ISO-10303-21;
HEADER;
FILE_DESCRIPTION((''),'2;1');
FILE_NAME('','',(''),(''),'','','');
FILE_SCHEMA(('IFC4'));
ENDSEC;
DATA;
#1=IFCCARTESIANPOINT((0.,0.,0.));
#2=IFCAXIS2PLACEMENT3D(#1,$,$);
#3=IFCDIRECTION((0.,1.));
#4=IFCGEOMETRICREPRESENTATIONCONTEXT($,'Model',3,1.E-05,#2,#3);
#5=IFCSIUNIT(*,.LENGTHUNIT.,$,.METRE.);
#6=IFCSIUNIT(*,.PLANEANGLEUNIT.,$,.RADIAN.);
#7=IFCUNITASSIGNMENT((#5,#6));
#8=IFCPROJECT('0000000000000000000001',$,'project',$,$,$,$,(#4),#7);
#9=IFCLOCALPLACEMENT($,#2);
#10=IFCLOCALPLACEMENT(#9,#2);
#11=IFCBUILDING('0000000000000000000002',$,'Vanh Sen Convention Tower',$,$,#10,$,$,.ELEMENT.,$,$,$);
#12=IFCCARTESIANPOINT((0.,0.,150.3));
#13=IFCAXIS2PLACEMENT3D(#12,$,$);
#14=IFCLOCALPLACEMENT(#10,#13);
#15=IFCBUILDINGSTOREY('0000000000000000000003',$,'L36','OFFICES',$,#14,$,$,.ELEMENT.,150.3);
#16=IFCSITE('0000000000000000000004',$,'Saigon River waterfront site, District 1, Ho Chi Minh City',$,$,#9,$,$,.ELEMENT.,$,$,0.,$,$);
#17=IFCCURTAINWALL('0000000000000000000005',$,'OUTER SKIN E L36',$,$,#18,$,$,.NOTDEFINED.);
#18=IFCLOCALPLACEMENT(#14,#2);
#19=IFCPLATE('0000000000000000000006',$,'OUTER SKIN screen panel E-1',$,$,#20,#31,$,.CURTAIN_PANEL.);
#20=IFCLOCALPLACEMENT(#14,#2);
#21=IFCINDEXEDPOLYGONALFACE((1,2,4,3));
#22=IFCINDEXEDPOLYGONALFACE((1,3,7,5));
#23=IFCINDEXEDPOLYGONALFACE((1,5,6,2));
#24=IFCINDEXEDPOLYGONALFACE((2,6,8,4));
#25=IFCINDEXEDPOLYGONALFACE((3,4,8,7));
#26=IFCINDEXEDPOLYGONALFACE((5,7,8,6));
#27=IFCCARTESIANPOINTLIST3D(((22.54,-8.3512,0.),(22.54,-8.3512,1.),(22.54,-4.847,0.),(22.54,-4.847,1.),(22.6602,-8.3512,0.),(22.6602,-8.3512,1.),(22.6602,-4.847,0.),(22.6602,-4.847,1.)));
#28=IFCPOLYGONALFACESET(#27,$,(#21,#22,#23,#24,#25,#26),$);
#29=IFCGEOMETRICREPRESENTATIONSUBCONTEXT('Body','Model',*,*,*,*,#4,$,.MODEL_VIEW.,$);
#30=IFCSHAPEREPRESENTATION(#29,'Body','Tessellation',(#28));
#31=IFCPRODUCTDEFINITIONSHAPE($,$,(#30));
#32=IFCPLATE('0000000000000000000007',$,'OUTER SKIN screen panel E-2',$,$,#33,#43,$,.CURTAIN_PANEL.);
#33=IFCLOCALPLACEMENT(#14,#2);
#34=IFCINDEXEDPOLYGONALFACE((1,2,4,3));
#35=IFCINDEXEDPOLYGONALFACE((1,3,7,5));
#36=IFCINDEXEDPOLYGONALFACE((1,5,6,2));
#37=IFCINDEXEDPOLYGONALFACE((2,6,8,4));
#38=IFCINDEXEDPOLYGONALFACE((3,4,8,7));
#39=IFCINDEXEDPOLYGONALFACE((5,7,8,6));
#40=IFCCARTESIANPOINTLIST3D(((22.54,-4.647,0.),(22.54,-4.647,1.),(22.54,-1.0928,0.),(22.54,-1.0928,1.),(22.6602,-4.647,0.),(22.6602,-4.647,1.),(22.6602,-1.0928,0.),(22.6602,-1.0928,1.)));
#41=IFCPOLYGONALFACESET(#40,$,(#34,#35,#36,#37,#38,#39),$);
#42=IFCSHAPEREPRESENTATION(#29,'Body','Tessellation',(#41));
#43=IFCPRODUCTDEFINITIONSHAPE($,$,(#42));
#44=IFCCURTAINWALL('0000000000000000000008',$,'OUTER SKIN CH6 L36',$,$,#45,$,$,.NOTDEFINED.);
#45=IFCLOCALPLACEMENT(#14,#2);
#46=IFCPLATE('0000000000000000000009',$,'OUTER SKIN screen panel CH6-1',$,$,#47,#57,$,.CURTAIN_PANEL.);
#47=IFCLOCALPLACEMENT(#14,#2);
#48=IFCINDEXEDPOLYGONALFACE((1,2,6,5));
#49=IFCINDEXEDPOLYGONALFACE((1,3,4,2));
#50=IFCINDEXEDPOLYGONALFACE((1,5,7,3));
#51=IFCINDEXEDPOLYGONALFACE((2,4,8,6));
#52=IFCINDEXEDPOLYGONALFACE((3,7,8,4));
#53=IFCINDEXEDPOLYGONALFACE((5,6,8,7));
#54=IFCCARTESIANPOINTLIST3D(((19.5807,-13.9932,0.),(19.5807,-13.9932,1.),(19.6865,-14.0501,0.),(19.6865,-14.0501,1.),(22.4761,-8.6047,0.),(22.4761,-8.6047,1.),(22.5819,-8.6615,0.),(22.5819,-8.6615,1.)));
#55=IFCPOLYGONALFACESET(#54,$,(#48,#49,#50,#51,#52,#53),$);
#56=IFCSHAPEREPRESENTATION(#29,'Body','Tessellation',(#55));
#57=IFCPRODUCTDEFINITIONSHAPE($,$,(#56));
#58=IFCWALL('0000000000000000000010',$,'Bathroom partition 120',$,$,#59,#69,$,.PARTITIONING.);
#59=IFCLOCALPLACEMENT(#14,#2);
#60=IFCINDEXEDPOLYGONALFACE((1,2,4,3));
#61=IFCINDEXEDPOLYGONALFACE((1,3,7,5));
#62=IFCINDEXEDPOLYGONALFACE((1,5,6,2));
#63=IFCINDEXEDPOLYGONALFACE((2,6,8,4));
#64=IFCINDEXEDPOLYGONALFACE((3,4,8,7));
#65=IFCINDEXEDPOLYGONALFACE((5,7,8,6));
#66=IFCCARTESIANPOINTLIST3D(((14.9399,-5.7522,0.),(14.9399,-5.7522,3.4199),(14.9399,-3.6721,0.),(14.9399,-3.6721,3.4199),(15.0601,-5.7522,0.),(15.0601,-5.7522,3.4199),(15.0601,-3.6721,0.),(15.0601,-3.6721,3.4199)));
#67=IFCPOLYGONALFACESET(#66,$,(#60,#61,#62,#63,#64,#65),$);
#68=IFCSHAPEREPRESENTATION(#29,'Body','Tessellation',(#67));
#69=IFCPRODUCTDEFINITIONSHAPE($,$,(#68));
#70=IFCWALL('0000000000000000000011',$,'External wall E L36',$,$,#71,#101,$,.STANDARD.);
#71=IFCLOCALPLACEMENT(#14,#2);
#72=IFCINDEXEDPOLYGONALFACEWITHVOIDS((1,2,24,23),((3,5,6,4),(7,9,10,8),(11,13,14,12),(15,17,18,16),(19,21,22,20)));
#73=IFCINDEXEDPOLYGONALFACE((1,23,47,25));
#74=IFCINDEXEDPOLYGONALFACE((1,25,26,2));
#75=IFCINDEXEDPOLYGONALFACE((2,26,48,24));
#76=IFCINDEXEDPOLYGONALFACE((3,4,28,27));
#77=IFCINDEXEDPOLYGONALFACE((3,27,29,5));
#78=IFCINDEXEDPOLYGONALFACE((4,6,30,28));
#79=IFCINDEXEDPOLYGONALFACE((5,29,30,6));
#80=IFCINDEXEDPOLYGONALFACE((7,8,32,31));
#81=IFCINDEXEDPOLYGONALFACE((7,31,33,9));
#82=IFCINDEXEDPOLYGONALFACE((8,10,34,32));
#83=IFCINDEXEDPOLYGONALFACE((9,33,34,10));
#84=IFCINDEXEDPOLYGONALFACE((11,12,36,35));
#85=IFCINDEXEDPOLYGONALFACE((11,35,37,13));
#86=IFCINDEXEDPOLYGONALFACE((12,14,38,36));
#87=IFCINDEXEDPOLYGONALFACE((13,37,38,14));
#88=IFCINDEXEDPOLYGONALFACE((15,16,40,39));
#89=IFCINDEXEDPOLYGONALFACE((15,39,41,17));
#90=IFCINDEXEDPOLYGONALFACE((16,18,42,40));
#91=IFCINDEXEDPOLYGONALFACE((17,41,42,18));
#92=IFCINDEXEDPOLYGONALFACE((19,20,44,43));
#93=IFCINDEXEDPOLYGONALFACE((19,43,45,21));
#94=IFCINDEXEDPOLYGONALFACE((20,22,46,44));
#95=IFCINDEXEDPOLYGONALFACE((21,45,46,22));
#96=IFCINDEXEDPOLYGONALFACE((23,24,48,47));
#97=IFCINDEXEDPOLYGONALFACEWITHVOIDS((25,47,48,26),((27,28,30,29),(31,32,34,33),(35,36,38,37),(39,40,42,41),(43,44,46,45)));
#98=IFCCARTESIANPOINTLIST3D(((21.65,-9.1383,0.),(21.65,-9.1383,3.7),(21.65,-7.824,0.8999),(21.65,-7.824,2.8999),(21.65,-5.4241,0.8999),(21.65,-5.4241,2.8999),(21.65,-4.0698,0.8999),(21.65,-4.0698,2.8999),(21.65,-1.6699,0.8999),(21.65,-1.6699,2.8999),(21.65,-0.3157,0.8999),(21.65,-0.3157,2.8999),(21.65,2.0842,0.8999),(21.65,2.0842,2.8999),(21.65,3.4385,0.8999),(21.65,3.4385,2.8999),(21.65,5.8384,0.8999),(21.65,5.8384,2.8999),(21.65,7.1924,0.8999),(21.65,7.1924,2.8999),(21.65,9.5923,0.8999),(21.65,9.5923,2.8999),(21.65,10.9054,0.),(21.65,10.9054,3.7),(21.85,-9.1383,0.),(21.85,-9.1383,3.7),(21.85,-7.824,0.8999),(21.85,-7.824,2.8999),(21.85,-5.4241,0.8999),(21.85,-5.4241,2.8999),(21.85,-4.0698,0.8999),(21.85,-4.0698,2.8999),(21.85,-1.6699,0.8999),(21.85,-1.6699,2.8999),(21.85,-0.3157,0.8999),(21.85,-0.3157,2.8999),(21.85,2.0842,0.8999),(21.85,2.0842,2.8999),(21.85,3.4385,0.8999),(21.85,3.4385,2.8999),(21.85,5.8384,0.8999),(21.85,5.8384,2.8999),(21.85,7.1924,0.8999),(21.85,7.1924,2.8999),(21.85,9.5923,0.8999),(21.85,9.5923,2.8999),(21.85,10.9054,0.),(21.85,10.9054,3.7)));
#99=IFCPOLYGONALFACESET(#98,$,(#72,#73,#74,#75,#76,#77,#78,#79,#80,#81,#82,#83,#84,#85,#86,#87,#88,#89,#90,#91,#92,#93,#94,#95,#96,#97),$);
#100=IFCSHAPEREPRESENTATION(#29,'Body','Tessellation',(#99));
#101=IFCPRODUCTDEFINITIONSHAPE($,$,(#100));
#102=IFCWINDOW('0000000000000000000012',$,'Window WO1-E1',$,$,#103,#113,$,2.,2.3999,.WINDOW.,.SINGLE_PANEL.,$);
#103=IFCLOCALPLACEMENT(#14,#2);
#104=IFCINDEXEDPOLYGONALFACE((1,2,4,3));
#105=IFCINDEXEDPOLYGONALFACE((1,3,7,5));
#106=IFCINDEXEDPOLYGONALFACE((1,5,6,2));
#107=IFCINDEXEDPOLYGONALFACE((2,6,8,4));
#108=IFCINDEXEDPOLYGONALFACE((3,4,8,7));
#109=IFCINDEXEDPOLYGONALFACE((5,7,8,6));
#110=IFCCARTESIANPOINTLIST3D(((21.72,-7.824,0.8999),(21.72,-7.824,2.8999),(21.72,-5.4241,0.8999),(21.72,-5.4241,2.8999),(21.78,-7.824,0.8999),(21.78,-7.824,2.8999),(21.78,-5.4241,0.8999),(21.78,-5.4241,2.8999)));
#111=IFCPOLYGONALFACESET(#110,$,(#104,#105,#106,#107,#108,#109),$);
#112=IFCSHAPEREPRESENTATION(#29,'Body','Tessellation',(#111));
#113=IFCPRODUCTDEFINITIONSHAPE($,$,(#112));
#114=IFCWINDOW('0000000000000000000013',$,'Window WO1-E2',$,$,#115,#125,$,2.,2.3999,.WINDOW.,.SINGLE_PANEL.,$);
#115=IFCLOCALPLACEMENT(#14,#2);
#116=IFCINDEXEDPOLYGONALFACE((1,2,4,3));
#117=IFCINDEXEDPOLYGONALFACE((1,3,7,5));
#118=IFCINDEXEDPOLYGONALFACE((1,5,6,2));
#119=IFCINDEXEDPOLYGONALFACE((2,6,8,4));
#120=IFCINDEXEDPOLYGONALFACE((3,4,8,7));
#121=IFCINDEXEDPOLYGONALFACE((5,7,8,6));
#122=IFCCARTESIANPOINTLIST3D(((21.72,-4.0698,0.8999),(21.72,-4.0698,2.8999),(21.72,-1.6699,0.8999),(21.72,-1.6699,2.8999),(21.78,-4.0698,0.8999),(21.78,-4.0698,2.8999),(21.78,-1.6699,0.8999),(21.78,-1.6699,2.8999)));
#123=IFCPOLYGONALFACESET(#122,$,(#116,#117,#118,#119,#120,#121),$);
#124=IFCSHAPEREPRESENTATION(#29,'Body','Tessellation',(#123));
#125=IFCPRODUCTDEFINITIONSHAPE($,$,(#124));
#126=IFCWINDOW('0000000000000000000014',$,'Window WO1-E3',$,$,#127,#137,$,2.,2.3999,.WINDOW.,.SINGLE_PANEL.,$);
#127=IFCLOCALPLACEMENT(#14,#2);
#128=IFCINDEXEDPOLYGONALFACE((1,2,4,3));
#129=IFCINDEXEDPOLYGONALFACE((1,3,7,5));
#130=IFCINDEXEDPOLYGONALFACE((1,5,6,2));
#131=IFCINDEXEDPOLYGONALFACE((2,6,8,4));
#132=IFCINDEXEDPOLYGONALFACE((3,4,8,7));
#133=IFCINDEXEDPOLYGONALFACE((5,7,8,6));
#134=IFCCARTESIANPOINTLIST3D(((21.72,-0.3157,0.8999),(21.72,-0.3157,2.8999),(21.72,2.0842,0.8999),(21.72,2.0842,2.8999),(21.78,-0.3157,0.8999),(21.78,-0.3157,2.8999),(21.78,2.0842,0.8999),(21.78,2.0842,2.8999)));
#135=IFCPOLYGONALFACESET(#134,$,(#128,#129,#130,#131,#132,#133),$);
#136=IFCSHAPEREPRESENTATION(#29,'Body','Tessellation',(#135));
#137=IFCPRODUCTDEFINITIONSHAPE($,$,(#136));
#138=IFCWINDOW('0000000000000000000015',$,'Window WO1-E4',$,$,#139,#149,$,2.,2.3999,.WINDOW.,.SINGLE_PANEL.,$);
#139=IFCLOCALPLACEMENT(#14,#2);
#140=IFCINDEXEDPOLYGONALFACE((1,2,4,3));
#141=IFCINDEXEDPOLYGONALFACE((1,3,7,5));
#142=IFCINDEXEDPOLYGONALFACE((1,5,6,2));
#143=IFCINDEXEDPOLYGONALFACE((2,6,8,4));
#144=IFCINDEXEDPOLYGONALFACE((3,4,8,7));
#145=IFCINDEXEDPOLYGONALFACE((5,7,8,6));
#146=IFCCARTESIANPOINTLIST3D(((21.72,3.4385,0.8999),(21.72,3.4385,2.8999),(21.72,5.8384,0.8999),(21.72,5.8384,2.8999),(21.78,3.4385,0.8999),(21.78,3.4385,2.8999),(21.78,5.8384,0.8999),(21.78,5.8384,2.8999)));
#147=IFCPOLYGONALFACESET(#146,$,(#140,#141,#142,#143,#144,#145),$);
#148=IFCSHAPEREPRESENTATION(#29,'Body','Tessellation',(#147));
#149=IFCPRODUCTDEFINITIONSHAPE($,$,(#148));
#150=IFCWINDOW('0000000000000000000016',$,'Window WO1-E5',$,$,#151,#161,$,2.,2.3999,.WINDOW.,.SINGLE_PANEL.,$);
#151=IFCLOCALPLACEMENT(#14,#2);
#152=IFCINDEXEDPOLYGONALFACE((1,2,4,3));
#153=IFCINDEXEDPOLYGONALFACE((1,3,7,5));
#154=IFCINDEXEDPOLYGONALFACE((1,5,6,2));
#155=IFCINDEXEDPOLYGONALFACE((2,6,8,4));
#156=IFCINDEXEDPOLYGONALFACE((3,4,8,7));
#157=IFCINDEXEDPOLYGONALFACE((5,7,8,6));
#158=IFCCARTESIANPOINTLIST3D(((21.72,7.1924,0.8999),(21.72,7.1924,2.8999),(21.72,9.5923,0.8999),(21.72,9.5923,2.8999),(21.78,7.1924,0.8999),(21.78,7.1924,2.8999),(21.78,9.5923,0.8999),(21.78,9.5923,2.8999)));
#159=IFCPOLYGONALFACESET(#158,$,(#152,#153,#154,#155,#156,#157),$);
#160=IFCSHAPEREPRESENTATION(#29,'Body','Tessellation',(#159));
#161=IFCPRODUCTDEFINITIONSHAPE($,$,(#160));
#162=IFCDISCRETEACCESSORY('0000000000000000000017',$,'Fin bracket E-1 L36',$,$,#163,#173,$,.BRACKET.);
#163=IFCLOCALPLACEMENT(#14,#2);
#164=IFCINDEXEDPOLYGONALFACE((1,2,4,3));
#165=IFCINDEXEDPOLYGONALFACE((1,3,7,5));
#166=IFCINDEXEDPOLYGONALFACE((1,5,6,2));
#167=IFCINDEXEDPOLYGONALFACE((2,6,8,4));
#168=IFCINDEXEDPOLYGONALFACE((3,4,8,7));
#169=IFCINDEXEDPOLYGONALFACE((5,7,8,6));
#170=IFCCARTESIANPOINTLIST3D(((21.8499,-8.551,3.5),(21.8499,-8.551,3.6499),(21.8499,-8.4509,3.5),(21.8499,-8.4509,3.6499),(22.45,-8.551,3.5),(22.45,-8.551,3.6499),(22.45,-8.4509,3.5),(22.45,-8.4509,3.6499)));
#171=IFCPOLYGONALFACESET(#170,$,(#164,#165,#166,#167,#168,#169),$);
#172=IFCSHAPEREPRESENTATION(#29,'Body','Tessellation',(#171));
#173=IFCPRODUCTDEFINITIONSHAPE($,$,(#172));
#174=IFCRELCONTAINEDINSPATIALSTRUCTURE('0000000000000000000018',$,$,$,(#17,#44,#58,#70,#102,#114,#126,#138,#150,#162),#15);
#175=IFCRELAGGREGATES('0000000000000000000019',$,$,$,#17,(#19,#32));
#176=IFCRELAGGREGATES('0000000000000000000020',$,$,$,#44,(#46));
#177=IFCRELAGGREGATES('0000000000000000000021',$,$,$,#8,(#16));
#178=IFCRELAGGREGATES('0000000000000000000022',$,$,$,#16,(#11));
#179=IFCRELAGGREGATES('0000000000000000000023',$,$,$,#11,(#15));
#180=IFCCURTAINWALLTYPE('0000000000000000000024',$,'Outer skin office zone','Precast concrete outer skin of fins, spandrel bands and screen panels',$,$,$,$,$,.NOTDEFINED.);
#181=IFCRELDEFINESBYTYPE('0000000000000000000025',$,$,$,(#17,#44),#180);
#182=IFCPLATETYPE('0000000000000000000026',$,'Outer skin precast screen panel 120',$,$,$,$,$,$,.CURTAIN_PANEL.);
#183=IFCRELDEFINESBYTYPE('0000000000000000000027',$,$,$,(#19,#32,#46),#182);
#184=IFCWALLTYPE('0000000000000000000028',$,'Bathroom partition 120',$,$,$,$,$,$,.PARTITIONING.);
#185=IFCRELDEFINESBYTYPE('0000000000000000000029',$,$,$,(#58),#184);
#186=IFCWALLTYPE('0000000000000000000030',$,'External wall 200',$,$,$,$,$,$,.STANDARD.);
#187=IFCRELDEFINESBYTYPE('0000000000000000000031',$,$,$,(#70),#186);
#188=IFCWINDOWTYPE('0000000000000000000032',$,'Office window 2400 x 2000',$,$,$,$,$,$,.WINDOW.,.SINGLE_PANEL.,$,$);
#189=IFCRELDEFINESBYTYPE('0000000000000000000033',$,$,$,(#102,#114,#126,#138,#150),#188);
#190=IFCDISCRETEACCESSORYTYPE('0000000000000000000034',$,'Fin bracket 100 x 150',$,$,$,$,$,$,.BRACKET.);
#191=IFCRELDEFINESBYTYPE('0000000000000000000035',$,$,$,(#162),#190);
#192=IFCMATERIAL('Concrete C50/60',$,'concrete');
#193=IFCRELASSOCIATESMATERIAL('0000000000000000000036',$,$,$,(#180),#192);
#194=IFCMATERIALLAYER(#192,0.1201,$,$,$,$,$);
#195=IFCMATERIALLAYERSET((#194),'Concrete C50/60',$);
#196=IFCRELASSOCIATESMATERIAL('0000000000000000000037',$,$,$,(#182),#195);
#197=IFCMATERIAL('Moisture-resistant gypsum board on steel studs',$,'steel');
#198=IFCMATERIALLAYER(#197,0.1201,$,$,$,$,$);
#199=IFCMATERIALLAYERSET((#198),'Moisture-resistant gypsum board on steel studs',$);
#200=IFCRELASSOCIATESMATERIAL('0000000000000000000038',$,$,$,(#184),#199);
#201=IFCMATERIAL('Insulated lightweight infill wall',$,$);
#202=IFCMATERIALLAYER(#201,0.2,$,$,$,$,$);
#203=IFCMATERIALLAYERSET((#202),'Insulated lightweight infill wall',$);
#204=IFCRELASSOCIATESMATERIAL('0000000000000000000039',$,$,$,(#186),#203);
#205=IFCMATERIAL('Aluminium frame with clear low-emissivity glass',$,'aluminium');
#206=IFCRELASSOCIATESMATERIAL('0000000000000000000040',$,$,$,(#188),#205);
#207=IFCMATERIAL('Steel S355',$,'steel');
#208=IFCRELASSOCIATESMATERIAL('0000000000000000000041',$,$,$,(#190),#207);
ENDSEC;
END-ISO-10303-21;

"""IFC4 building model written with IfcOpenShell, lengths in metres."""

from ifc_helpers import new_model, si_unit, direction, frame, frame_2d, origin, origin_2d, place, context, subcontext, project, spatial, rectangle, extrude, material, layer, layer_set, type_object, element, fill, aggregate, save


model = new_model("IFC4")

# Units and contexts
model_context = context("Model", 3, precision=1e-05, world=origin(), true_north=direction((0.0, 1.0)))
body_context = subcontext(model_context, "Body", "Model", "MODEL_VIEW")
ifc_project = project(units=[si_unit("LENGTHUNIT", "METRE"), si_unit("PLANEANGLEUNIT", "RADIAN")], contexts=[model_context])

# Site, building, storey
site_placement = place(None, origin())
site = spatial("IfcSite", under=ifc_project, at=site_placement, Name="Saigon River waterfront site, District 1, Ho Chi Minh City", CompositionType="ELEMENT", RefElevation=0.0)
building_placement = place(site_placement, origin())
building = spatial("IfcBuilding", under=site, at=building_placement, Name="Vanh Sen Convention Tower", CompositionType="ELEMENT")
storey_placement = place(building_placement, frame((0.0, 0.0, 150.3)))
storey = spatial("IfcBuildingStorey", under=building, at=storey_placement, Name="L36", Description="OFFICES", CompositionType="ELEMENT", Elevation=150.3)

# Curtain wall
ifc_material_1 = material(Name="Concrete C50/60", Category="concrete")
curtain_wall_type = type_object("IfcCurtainWallType", Name="Outer skin office zone", Description="Precast concrete outer skin of fins, spandrel bands and screen panels", PredefinedType="NOTDEFINED", material=ifc_material_1)
curtain_wall_1_placement = place(storey_placement, origin())
curtain_wall_1 = element("IfcCurtainWall", 1, at=curtain_wall_1_placement, inside=storey, type_object=curtain_wall_type, Name="OUTER SKIN E L36", PredefinedType="NOTDEFINED")

# Plates
ifc_layer_1 = layer(ifc_material_1, 0.1201)
ifc_layer_set_1 = layer_set([ifc_layer_1], Name="Concrete C50/60")
plate_type = type_object("IfcPlateType", Name="Outer skin precast screen panel 120", PredefinedType="CURTAIN_PANEL", material=ifc_layer_set_1)
plate_1_placement = place(storey_placement, frame((22.6001, -6.5991, 0.0), z_axis=(0.0, 0.0, 1.0), x_axis=(0.0, 1.0, 0.0)))
plate_1 = element("IfcPlate", 2, at=plate_1_placement, type_object=plate_type, Name="OUTER SKIN screen panel E-1", PredefinedType="CURTAIN_PANEL", context=body_context, shape_type="SweptSolid", body=[
    extrude(rectangle(XDim=3.5042, YDim=0.1201, at=origin_2d()), origin(), (0.0, 0.0, 1.0), 1.0),
])
plate_2_placement = place(storey_placement, frame((22.6001, -2.8699, 0.0), z_axis=(0.0, 0.0, 1.0), x_axis=(0.0, 1.0, 0.0)))
plate_2 = element("IfcPlate", 3, at=plate_2_placement, type_object=plate_type, Name="OUTER SKIN screen panel E-2", PredefinedType="CURTAIN_PANEL", context=body_context, shape_type="SweptSolid", body=[
    extrude(rectangle(XDim=3.5542, YDim=0.1201, at=origin_2d()), origin(), (0.0, 0.0, 1.0), 1.0),
])
aggregate(curtain_wall_1, [plate_1, plate_2])

# Curtain wall, plate
curtain_wall_2_placement = place(storey_placement, origin())
curtain_wall_2 = element("IfcCurtainWall", 4, at=curtain_wall_2_placement, inside=storey, type_object=curtain_wall_type, Name="OUTER SKIN CH6 L36", PredefinedType="NOTDEFINED")
plate_3_placement = place(storey_placement, frame((21.0813, -11.3274, 0.0), z_axis=(0.0, 0.0, 1.0), x_axis=(0.473321, 0.88089, 0.0)))
plate_3 = element("IfcPlate", 5, at=plate_3_placement, type_object=plate_type, Name="OUTER SKIN screen panel CH6-1", PredefinedType="CURTAIN_PANEL", context=body_context, shape_type="SweptSolid", body=[
    extrude(rectangle(XDim=6.1172, YDim=0.1201, at=origin_2d()), origin(), (0.0, 0.0, 1.0), 1.0),
])
aggregate(curtain_wall_2, [plate_3])

# Wall
ifc_material_2 = material(Name="Moisture-resistant gypsum board on steel studs", Category="steel")
ifc_layer_2 = layer(ifc_material_2, 0.1201)
ifc_layer_set_2 = layer_set([ifc_layer_2], Name="Moisture-resistant gypsum board on steel studs")
wall_type_1 = type_object("IfcWallType", Name="Bathroom partition 120", PredefinedType="PARTITIONING", material=ifc_layer_set_2)
wall_1_placement = place(storey_placement, frame((15.0, -3.6721, 0.0), z_axis=(0.0, 0.0, 1.0), x_axis=(0.0, -1.0, 0.0)))
element("IfcWall", 6, at=wall_1_placement, inside=storey, type_object=wall_type_1, Name="Bathroom partition 120", PredefinedType="PARTITIONING", context=body_context, shape_type="SweptSolid", body=[
    extrude(rectangle(XDim=2.0801, YDim=0.1201, at=frame_2d((1.04, 0.0))), origin(), (0.0, 0.0, 1.0), 3.4199),
])

# Wall, openings, windows
ifc_material_3 = material(Name="Insulated lightweight infill wall")
ifc_layer_3 = layer(ifc_material_3, 0.2)
ifc_layer_set_3 = layer_set([ifc_layer_3], Name="Insulated lightweight infill wall")
wall_type_2 = type_object("IfcWallType", Name="External wall 200", PredefinedType="STANDARD", material=ifc_layer_set_3)
wall_2_placement = place(storey_placement, frame((21.75, -9.1384, 0.0), z_axis=(0.0, 0.0, 1.0), x_axis=(0.0, 1.0, 0.0)))
wall_2 = element("IfcWall", 7, at=wall_2_placement, inside=storey, type_object=wall_type_2, Name="External wall E L36", PredefinedType="STANDARD", context=body_context, shape_type="SweptSolid", body=[
    extrude(rectangle(XDim=20.0437, YDim=0.2, at=frame_2d((10.022, 0.0))), origin(), (0.0, 0.0, 1.0), 3.7),
])
opening_1_placement = place(wall_2_placement, frame((1.3145, 0.0, 0.8999)))
opening_1 = element("IfcOpeningElement", 8, at=opening_1_placement, cuts=wall_2, PredefinedType="OPENING", context=body_context, shape_type="SweptSolid", body=[
    extrude(rectangle(XDim=2.3999, YDim=2.0, at=frame_2d((1.2, 1.0))), frame((0.0, 0.1099, 0.0), z_axis=(0.0, -1.0, 0.0), x_axis=(1.0, 0.0, 0.0)), (0.0, 0.0, 1.0), 0.22),
])
opening_2_placement = place(wall_2_placement, frame((5.0686, 0.0, 0.8999)))
opening_2 = element("IfcOpeningElement", 9, at=opening_2_placement, cuts=wall_2, PredefinedType="OPENING", context=body_context, shape_type="SweptSolid", body=[
    extrude(rectangle(XDim=2.3999, YDim=2.0, at=frame_2d((1.2, 1.0))), frame((0.0, 0.1099, 0.0), z_axis=(0.0, -1.0, 0.0), x_axis=(1.0, 0.0, 0.0)), (0.0, 0.0, 1.0), 0.22),
])
opening_3_placement = place(wall_2_placement, frame((8.8228, 0.0, 0.8999)))
opening_3 = element("IfcOpeningElement", 10, at=opening_3_placement, cuts=wall_2, PredefinedType="OPENING", context=body_context, shape_type="SweptSolid", body=[
    extrude(rectangle(XDim=2.3999, YDim=2.0, at=frame_2d((1.2, 1.0))), frame((0.0, 0.1099, 0.0), z_axis=(0.0, -1.0, 0.0), x_axis=(1.0, 0.0, 0.0)), (0.0, 0.0, 1.0), 0.22),
])
opening_4_placement = place(wall_2_placement, frame((12.5769, 0.0, 0.8999)))
opening_4 = element("IfcOpeningElement", 11, at=opening_4_placement, cuts=wall_2, PredefinedType="OPENING", context=body_context, shape_type="SweptSolid", body=[
    extrude(rectangle(XDim=2.3999, YDim=2.0, at=frame_2d((1.2, 1.0))), frame((0.0, 0.1099, 0.0), z_axis=(0.0, -1.0, 0.0), x_axis=(1.0, 0.0, 0.0)), (0.0, 0.0, 1.0), 0.22),
])
opening_5_placement = place(wall_2_placement, frame((16.3308, 0.0, 0.8999)))
opening_5 = element("IfcOpeningElement", 12, at=opening_5_placement, cuts=wall_2, PredefinedType="OPENING", context=body_context, shape_type="SweptSolid", body=[
    extrude(rectangle(XDim=2.3999, YDim=2.0, at=frame_2d((1.2, 1.0))), frame((0.0, 0.1099, 0.0), z_axis=(0.0, -1.0, 0.0), x_axis=(1.0, 0.0, 0.0)), (0.0, 0.0, 1.0), 0.22),
])
ifc_material_4 = material(Name="Aluminium frame with clear low-emissivity glass", Category="aluminium")
window_type = type_object("IfcWindowType", Name="Office window 2400 x 2000", PartitioningType="SINGLE_PANEL", PredefinedType="WINDOW", material=ifc_material_4)
window_1_placement = place(opening_1_placement, origin())
window_1 = element("IfcWindow", 13, at=window_1_placement, inside=storey, type_object=window_type, Name="Window WO1-E1", OverallHeight=2.0, OverallWidth=2.3999, PartitioningType="SINGLE_PANEL", PredefinedType="WINDOW", context=body_context, shape_type="SweptSolid", body=[
    extrude(rectangle(XDim=2.3999, YDim=2.0, at=frame_2d((1.2, 1.0))), frame((0.0, 0.03, 0.0), z_axis=(0.0, -1.0, 0.0), x_axis=(1.0, 0.0, 0.0)), (0.0, 0.0, 1.0), 0.0601),
])
fill(opening_1, window_1)
window_2_placement = place(opening_2_placement, origin())
window_2 = element("IfcWindow", 14, at=window_2_placement, inside=storey, type_object=window_type, Name="Window WO1-E2", OverallHeight=2.0, OverallWidth=2.3999, PartitioningType="SINGLE_PANEL", PredefinedType="WINDOW", context=body_context, shape_type="SweptSolid", body=[
    extrude(rectangle(XDim=2.3999, YDim=2.0, at=frame_2d((1.2, 1.0))), frame((0.0, 0.03, 0.0), z_axis=(0.0, -1.0, 0.0), x_axis=(1.0, 0.0, 0.0)), (0.0, 0.0, 1.0), 0.0601),
])
fill(opening_2, window_2)
window_3_placement = place(opening_3_placement, origin())
window_3 = element("IfcWindow", 15, at=window_3_placement, inside=storey, type_object=window_type, Name="Window WO1-E3", OverallHeight=2.0, OverallWidth=2.3999, PartitioningType="SINGLE_PANEL", PredefinedType="WINDOW", context=body_context, shape_type="SweptSolid", body=[
    extrude(rectangle(XDim=2.3999, YDim=2.0, at=frame_2d((1.2, 1.0))), frame((0.0, 0.03, 0.0), z_axis=(0.0, -1.0, 0.0), x_axis=(1.0, 0.0, 0.0)), (0.0, 0.0, 1.0), 0.0601),
])
fill(opening_3, window_3)
window_4_placement = place(opening_4_placement, origin())
window_4 = element("IfcWindow", 16, at=window_4_placement, inside=storey, type_object=window_type, Name="Window WO1-E4", OverallHeight=2.0, OverallWidth=2.3999, PartitioningType="SINGLE_PANEL", PredefinedType="WINDOW", context=body_context, shape_type="SweptSolid", body=[
    extrude(rectangle(XDim=2.3999, YDim=2.0, at=frame_2d((1.2, 1.0))), frame((0.0, 0.03, 0.0), z_axis=(0.0, -1.0, 0.0), x_axis=(1.0, 0.0, 0.0)), (0.0, 0.0, 1.0), 0.0601),
])
fill(opening_4, window_4)
window_5_placement = place(opening_5_placement, origin())
window_5 = element("IfcWindow", 17, at=window_5_placement, inside=storey, type_object=window_type, Name="Window WO1-E5", OverallHeight=2.0, OverallWidth=2.3999, PartitioningType="SINGLE_PANEL", PredefinedType="WINDOW", context=body_context, shape_type="SweptSolid", body=[
    extrude(rectangle(XDim=2.3999, YDim=2.0, at=frame_2d((1.2, 1.0))), frame((0.0, 0.03, 0.0), z_axis=(0.0, -1.0, 0.0), x_axis=(1.0, 0.0, 0.0)), (0.0, 0.0, 1.0), 0.0601),
])
fill(opening_5, window_5)

# Discrete accessory
ifc_material_5 = material(Name="Steel S355", Category="steel")
discrete_accessory_type = type_object("IfcDiscreteAccessoryType", Name="Fin bracket 100 x 150", PredefinedType="BRACKET", material=ifc_material_5)
for number, where, z_axis, x_axis, name in (
    (18, (22.1499, -8.501, 3.5), (0.0, 0.0, 1.0), (1.0, 0.0, 0.0), "Fin bracket E-1 L36"),
):
    element("IfcDiscreteAccessory", number, at=place(storey_placement, frame(where, z_axis=z_axis, x_axis=x_axis)), inside=storey, type_object=discrete_accessory_type, Name=name, PredefinedType="BRACKET", context=body_context, shape_type="SweptSolid", body=[
        extrude(rectangle(XDim=0.6001, YDim=0.1001, at=origin_2d()), origin(), (0.0, 0.0, 1.0), 0.1499),
    ])

save(model, "model.ifc")
